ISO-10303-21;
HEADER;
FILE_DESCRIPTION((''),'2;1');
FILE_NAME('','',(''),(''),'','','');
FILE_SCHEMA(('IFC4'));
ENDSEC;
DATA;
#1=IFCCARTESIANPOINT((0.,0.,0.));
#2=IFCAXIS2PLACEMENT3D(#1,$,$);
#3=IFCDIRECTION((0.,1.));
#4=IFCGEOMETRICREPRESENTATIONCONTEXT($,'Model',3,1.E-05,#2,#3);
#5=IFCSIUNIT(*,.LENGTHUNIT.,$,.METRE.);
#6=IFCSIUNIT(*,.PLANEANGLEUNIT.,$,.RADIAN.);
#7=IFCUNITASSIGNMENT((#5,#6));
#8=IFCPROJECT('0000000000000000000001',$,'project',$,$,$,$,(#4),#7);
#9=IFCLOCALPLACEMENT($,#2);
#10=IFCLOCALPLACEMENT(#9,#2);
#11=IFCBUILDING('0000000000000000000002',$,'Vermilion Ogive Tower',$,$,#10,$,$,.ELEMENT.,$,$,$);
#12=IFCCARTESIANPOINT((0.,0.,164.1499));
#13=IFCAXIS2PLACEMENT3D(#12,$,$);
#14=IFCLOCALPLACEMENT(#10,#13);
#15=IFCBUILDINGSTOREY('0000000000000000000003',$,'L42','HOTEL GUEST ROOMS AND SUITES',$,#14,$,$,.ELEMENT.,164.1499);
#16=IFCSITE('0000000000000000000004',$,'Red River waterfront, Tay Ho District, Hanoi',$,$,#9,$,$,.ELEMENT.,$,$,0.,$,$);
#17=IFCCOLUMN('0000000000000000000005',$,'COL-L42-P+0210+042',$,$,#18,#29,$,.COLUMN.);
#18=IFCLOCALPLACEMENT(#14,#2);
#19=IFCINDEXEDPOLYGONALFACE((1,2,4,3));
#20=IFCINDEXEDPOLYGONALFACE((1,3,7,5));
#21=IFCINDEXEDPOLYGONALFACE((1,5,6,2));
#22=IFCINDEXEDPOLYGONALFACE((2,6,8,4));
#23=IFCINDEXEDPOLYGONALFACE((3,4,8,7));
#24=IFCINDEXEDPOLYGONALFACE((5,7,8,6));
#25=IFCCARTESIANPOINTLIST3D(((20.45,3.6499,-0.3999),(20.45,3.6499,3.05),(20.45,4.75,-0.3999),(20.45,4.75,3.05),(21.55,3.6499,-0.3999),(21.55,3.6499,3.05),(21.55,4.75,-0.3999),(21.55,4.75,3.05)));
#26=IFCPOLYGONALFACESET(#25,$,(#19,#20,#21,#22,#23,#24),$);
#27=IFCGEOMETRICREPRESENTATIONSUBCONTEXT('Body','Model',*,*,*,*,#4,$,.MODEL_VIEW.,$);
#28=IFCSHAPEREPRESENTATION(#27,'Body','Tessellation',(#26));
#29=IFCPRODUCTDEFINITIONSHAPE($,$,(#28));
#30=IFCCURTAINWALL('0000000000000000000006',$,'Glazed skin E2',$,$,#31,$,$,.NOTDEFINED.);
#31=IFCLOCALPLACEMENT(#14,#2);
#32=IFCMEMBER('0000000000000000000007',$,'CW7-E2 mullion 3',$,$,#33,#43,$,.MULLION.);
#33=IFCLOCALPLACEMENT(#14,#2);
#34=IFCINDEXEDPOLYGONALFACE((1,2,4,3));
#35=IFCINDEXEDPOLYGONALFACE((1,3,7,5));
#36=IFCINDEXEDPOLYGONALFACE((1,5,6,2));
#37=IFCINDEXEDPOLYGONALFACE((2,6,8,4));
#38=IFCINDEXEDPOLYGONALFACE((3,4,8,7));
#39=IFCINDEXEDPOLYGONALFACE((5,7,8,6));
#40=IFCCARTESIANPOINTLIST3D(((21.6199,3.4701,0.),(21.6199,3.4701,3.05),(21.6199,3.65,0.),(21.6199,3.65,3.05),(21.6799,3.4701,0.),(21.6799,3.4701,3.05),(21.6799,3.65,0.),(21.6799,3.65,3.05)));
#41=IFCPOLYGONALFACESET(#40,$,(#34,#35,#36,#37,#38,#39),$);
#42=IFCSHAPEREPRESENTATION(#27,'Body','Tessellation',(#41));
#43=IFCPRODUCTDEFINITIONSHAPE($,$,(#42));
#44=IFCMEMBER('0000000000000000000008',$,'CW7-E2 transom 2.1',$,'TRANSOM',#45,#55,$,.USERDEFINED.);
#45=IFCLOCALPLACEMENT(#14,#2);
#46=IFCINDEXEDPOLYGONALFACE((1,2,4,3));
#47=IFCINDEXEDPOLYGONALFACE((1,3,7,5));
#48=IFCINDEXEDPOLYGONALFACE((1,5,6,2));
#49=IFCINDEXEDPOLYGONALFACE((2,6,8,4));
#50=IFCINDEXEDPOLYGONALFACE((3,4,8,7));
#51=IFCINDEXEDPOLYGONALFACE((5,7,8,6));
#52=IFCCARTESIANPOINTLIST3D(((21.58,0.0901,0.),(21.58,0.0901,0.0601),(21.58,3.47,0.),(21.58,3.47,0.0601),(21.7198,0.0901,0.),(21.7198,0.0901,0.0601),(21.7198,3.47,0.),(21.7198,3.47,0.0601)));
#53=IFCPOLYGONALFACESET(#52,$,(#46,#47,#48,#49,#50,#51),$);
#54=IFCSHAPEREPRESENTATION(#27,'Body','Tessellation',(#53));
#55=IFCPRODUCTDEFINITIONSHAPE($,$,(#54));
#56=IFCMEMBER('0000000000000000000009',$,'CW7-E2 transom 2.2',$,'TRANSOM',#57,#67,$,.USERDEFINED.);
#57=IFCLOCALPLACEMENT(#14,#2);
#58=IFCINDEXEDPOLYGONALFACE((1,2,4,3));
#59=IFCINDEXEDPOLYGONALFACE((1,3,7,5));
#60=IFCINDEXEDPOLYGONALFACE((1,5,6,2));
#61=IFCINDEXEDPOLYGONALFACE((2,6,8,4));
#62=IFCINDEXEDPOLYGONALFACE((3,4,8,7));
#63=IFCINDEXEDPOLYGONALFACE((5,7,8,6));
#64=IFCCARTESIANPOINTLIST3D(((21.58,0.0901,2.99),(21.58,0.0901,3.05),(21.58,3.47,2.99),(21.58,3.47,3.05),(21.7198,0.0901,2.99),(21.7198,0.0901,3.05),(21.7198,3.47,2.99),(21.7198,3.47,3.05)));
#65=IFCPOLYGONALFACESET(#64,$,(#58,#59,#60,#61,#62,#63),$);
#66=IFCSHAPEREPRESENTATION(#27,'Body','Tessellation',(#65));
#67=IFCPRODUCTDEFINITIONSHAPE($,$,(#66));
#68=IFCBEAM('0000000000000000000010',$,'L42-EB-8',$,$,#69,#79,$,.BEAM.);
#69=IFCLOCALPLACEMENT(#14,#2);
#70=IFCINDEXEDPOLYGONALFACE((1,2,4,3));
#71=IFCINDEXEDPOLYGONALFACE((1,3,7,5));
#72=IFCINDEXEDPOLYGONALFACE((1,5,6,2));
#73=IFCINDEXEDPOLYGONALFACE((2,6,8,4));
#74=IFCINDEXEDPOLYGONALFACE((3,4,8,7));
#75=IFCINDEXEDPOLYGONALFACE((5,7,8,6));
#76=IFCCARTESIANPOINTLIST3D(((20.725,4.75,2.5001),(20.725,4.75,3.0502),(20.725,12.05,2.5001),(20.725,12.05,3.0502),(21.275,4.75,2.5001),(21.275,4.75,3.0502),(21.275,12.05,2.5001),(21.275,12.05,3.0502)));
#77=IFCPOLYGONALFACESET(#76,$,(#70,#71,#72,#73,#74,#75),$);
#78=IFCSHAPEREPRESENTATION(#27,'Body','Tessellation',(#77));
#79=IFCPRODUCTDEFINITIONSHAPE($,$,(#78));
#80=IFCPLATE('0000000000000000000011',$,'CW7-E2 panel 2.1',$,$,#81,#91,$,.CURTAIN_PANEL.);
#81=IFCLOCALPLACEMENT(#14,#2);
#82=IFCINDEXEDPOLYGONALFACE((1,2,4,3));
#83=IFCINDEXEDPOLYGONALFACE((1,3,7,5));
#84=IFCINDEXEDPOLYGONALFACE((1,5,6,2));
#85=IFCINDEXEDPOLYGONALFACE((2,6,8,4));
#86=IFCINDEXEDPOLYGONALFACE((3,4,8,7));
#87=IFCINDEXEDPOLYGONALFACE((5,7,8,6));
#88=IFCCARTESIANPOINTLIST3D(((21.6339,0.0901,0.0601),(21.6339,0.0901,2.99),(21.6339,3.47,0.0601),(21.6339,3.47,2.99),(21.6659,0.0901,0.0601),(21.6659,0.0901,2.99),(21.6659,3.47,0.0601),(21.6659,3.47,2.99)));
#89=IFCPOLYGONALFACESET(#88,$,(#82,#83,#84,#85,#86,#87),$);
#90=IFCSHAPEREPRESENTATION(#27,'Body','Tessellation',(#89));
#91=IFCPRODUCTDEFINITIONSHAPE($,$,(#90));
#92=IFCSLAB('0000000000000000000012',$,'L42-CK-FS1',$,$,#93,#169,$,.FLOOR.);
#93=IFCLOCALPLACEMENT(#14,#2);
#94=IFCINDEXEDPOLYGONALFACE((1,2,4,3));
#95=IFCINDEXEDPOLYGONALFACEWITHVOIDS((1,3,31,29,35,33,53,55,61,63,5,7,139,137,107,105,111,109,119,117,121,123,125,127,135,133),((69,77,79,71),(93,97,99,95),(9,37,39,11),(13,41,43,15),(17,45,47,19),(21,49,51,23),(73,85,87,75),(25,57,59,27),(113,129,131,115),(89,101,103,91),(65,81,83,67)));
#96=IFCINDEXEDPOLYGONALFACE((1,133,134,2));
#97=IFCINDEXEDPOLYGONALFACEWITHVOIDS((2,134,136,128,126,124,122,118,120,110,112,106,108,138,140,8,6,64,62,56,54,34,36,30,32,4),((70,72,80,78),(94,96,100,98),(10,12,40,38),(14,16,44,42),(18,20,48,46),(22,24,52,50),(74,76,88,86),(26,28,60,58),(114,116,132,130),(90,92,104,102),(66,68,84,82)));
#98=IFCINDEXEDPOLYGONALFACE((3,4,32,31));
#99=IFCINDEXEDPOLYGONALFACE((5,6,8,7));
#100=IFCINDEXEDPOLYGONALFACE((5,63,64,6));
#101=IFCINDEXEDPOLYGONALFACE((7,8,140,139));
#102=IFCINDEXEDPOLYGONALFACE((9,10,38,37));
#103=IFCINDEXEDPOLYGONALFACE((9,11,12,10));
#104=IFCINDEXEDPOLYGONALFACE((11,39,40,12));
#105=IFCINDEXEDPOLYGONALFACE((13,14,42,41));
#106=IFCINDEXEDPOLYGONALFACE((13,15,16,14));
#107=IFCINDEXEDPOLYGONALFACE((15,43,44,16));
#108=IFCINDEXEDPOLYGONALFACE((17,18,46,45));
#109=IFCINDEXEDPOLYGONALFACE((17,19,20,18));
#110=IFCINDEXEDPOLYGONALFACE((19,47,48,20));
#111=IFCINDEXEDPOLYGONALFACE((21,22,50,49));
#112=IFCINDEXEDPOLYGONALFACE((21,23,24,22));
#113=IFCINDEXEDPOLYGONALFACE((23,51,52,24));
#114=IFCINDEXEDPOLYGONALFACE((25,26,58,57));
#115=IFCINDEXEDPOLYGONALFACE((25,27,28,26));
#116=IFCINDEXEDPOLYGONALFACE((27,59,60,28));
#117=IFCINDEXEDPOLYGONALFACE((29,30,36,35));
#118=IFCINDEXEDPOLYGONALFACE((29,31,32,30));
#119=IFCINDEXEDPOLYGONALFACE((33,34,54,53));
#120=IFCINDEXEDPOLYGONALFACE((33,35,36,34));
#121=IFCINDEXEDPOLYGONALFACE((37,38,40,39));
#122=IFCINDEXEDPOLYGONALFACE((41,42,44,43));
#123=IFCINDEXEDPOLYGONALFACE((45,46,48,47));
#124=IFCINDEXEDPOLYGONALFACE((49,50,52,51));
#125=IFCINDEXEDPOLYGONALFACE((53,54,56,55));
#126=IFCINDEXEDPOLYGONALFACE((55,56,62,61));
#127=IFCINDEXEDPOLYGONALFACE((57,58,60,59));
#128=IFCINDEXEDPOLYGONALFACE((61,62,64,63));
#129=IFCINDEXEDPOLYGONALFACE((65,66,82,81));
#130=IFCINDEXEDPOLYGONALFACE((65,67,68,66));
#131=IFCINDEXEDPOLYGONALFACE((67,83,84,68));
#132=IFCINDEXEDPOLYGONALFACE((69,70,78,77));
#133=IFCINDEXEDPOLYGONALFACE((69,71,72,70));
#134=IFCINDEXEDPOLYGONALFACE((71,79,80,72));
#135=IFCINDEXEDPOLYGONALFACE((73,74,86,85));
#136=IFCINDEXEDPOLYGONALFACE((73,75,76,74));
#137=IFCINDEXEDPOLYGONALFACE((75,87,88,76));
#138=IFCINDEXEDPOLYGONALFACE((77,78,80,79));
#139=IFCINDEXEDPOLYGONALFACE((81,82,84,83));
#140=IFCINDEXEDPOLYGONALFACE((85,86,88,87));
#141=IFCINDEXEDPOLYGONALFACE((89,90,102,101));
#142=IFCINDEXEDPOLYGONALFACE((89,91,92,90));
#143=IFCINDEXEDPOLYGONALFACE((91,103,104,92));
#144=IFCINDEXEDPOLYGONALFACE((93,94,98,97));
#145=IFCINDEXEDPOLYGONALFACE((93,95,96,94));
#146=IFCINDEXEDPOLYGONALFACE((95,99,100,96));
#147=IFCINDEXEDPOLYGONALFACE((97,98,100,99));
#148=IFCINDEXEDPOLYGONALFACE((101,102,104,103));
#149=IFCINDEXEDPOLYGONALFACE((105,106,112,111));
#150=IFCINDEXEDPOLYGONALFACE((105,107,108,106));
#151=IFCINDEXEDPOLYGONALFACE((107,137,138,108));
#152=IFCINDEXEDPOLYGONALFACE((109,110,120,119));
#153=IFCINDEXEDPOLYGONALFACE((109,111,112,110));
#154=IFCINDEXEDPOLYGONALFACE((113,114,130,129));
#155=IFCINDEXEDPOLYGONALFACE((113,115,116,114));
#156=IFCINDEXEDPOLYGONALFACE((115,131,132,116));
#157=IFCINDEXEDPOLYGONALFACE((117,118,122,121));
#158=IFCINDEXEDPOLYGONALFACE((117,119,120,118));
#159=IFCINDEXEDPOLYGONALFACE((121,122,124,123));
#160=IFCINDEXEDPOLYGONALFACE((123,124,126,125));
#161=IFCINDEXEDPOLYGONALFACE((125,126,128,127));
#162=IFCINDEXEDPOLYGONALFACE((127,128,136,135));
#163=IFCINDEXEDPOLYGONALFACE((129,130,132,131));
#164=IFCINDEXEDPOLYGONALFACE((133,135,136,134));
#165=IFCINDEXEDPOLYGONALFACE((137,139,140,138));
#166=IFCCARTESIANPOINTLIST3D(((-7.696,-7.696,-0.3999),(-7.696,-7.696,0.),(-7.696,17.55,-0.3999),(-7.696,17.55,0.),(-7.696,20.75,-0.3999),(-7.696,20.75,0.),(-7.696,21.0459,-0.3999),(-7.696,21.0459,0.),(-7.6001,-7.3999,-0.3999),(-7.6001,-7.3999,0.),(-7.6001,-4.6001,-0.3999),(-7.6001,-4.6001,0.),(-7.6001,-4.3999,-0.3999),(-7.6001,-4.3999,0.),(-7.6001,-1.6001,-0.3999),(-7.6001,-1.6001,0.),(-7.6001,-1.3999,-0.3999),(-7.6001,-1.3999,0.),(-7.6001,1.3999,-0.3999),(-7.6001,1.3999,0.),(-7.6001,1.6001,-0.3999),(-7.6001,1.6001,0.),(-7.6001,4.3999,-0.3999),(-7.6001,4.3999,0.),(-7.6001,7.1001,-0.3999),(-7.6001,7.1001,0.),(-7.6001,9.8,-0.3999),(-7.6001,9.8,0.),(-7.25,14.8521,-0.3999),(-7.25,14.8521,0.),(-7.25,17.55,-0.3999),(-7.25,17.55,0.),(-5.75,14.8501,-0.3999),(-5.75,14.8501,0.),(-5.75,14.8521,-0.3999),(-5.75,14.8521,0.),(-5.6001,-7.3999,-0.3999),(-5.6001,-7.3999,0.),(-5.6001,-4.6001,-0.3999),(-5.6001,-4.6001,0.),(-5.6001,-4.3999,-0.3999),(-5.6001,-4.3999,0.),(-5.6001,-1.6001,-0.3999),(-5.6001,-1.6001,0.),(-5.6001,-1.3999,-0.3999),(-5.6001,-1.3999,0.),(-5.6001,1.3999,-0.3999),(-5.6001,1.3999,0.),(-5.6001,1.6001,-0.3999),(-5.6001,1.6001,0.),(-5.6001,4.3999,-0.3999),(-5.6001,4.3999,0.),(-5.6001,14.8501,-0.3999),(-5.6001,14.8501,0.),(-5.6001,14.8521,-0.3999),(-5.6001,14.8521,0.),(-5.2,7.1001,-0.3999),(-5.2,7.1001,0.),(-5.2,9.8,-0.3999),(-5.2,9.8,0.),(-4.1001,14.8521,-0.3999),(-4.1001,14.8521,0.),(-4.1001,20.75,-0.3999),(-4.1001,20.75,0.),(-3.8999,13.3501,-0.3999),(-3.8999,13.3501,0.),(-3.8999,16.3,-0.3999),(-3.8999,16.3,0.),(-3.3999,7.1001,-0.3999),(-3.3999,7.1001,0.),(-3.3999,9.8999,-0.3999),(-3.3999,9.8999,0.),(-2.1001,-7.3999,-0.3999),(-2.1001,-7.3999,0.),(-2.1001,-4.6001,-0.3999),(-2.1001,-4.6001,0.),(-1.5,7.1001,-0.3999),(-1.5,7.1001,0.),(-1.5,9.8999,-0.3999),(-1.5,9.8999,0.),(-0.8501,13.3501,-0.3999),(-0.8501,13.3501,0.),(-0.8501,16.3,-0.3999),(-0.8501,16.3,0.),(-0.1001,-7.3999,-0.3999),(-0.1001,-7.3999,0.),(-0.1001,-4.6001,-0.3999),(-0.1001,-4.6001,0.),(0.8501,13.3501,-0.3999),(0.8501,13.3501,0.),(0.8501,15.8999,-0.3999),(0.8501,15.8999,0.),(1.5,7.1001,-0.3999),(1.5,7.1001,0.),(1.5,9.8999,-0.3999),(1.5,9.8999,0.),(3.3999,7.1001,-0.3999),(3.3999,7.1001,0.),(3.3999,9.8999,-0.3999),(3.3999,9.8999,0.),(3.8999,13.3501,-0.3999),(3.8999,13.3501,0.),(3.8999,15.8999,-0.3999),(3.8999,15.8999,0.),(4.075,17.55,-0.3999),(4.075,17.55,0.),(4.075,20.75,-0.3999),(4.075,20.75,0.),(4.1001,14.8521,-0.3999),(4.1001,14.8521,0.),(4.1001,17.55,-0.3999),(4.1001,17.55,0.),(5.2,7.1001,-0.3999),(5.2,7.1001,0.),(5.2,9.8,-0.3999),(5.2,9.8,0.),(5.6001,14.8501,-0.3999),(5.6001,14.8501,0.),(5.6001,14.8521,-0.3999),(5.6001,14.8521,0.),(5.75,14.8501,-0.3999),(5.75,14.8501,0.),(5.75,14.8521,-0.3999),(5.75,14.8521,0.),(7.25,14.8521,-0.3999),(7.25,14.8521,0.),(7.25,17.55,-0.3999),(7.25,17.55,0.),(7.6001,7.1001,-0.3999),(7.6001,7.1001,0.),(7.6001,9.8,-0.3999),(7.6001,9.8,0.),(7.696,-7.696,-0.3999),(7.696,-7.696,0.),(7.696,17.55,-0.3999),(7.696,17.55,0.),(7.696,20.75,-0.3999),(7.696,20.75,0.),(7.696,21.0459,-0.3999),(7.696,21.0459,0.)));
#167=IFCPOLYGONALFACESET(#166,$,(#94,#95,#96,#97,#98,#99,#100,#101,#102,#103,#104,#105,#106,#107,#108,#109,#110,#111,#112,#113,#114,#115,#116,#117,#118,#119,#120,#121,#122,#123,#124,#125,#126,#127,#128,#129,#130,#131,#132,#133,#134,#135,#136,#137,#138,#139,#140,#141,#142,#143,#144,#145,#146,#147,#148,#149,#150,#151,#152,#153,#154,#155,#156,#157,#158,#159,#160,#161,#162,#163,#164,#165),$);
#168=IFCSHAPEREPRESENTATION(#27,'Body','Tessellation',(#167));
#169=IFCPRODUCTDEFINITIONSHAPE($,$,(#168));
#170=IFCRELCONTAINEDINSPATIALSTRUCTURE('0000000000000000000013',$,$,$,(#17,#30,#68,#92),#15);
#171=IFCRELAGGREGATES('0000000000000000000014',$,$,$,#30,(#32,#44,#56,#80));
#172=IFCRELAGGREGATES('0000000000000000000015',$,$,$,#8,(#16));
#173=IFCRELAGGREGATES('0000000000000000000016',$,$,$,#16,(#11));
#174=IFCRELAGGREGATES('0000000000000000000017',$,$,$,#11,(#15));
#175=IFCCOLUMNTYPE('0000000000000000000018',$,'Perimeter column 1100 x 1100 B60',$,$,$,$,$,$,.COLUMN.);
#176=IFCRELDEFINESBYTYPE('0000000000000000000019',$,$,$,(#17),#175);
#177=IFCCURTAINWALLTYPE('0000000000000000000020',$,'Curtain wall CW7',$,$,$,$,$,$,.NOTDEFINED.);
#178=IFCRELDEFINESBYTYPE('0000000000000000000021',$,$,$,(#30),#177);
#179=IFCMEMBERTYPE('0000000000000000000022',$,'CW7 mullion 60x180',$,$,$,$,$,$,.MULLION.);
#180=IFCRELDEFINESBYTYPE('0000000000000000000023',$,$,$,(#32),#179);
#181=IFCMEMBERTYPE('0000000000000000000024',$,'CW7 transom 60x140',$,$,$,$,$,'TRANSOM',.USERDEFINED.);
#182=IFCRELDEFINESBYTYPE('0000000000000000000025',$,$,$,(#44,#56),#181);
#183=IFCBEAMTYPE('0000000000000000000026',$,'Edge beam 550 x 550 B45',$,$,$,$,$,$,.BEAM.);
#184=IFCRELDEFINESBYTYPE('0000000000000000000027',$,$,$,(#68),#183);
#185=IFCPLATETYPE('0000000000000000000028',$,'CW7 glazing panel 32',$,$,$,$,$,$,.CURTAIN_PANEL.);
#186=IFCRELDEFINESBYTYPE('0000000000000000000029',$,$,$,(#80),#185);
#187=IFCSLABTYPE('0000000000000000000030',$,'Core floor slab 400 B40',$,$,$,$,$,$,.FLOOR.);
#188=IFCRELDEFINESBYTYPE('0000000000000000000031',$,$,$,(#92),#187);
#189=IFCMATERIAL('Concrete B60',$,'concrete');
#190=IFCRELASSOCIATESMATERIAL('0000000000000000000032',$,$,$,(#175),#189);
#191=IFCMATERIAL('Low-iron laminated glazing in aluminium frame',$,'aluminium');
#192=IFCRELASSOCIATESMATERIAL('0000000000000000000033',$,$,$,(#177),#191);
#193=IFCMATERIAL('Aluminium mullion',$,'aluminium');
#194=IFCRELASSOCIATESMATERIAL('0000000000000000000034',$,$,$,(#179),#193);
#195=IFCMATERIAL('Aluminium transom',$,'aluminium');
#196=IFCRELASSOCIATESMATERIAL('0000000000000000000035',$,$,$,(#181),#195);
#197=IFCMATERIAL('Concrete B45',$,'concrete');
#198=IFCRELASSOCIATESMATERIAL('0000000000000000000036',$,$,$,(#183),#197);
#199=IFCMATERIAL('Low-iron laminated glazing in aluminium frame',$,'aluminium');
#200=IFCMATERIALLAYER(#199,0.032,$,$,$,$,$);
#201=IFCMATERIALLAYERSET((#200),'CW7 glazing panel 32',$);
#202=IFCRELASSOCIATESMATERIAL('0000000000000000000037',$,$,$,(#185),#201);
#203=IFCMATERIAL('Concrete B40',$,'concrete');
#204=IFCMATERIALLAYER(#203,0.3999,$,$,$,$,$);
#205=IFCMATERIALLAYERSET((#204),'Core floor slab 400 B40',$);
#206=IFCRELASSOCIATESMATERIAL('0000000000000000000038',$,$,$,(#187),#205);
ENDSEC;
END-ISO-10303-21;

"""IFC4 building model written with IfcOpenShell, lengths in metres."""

from ifc_helpers import new_model, si_unit, direction, frame, origin, origin_2d, place, context, subcontext, project, spatial, polyline, rectangle, outline, extrude, material, layer, layer_set, material_profile, profile_set, type_object, element, aggregate, save


model = new_model("IFC4")

# Units and contexts
model_context = context("Model", 3, precision=1e-05, world=origin(), true_north=direction((0.0, 1.0)))
body_context = subcontext(model_context, "Body", "Model", "MODEL_VIEW")
ifc_project = project(units=[si_unit("LENGTHUNIT", "METRE"), si_unit("PLANEANGLEUNIT", "RADIAN")], contexts=[model_context])

# Site, building, storey
site_placement = place(None, origin())
site = spatial("IfcSite", under=ifc_project, at=site_placement, Name="Red River waterfront, Tay Ho District, Hanoi", CompositionType="ELEMENT", RefElevation=0.0)
building_placement = place(site_placement, origin())
building = spatial("IfcBuilding", under=site, at=building_placement, Name="Vermilion Ogive Tower", CompositionType="ELEMENT")
storey_placement = place(building_placement, frame((0.0, 0.0, 164.1499)))
storey = spatial("IfcBuildingStorey", under=building, at=storey_placement, Name="L42", Description="HOTEL GUEST ROOMS AND SUITES", CompositionType="ELEMENT", Elevation=164.1499)

# Column
ifc_material_1 = material(Name="Concrete B60", Category="concrete")
ifc_material_profile_1 = material_profile(ifc_material_1, rectangle(XDim=1.1001, YDim=1.1001, at=origin_2d()), Name="1100 x 1100")
ifc_profile_set_1 = profile_set([ifc_material_profile_1], Name="Concrete B60")
column_type = type_object("IfcColumnType", Name="Perimeter column 1100 x 1100 B60", PredefinedType="COLUMN", material=ifc_profile_set_1)
column_placement = place(storey_placement, frame((21.0, 4.2, -0.3999), z_axis=(0.0, 0.0, 1.0), x_axis=(1.0, 0.0, 0.0)))
element("IfcColumn", 1, at=column_placement, inside=storey, type_object=column_type, Name="COL-L42-P+0210+042", PredefinedType="COLUMN", context=body_context, shape_type="SweptSolid", body=[
    extrude(rectangle(XDim=1.1001, YDim=1.1001, at=origin_2d()), origin(), (0.0, 0.0, 1.0), 3.45),
])

# Curtain wall, members
ifc_material_2 = material(Name="Low-iron laminated glazing in aluminium frame", Category="aluminium")
curtain_wall_type = type_object("IfcCurtainWallType", Name="Curtain wall CW7", PredefinedType="NOTDEFINED", material=ifc_material_2)
curtain_wall_placement = place(storey_placement, origin())
curtain_wall = element("IfcCurtainWall", 2, at=curtain_wall_placement, inside=storey, type_object=curtain_wall_type, Name="Glazed skin E2", PredefinedType="NOTDEFINED")
ifc_material_3 = material(Name="Aluminium mullion", Category="aluminium")
ifc_material_profile_2 = material_profile(ifc_material_3, rectangle(XDim=0.0601, YDim=0.1799, at=origin_2d()), Name="AL 60x180")
ifc_profile_set_2 = profile_set([ifc_material_profile_2], Name="Aluminium mullion")
member_type_1 = type_object("IfcMemberType", Name="CW7 mullion 60x180", PredefinedType="MULLION", material=ifc_profile_set_2)
member_1_placement = place(storey_placement, frame((21.6499, 3.5601, 0.0), z_axis=(0.0, 0.0, 1.0), x_axis=(-1.0, 0.0, 0.0)))
member_1 = element("IfcMember", 3, at=member_1_placement, type_object=member_type_1, Name="CW7-E2 mullion 3", PredefinedType="MULLION", context=body_context, shape_type="SweptSolid", body=[
    extrude(rectangle(XDim=0.0601, YDim=0.1799, at=origin_2d()), origin(), (0.0, 0.0, 1.0), 3.05),
])
ifc_material_4 = material(Name="Aluminium transom", Category="aluminium")
ifc_material_profile_3 = material_profile(ifc_material_4, rectangle(XDim=0.1399, YDim=0.0601, at=origin_2d()), Name="AL 60x140")
ifc_profile_set_3 = profile_set([ifc_material_profile_3], Name="Aluminium transom")
member_type_2 = type_object("IfcMemberType", Name="CW7 transom 60x140", ElementType="TRANSOM", PredefinedType="USERDEFINED", material=ifc_profile_set_3)
member_2_placement = place(storey_placement, frame((21.6499, 0.0901, 0.03), z_axis=(0.0, 1.0, 0.0), x_axis=(-1.0, 0.0, 0.0)))
member_2 = element("IfcMember", 4, at=member_2_placement, type_object=member_type_2, Name="CW7-E2 transom 2.1", ObjectType="TRANSOM", PredefinedType="USERDEFINED", context=body_context, shape_type="SweptSolid", body=[
    extrude(rectangle(XDim=0.1399, YDim=0.0601, at=origin_2d()), origin(), (0.0, 0.0, 1.0), 3.3799),
])
member_3_placement = place(storey_placement, frame((21.6499, 0.0901, 3.02), z_axis=(0.0, 1.0, 0.0), x_axis=(-1.0, 0.0, 0.0)))
member_3 = element("IfcMember", 5, at=member_3_placement, type_object=member_type_2, Name="CW7-E2 transom 2.2", ObjectType="TRANSOM", PredefinedType="USERDEFINED", context=body_context, shape_type="SweptSolid", body=[
    extrude(rectangle(XDim=0.1399, YDim=0.0601, at=origin_2d()), origin(), (0.0, 0.0, 1.0), 3.3799),
])

# Beam
ifc_material_5 = material(Name="Concrete B45", Category="concrete")
ifc_material_profile_4 = material_profile(ifc_material_5, rectangle(XDim=0.55, YDim=0.55, at=origin_2d()), Name="550 x 550")
ifc_profile_set_4 = profile_set([ifc_material_profile_4], Name="Concrete B45")
beam_type = type_object("IfcBeamType", Name="Edge beam 550 x 550 B45", PredefinedType="BEAM", material=ifc_profile_set_4)
beam_placement = place(storey_placement, frame((21.0, 4.75, 2.7751), z_axis=(0.0, 1.0, 0.0), x_axis=(-1.0, 0.0, 0.0)))
element("IfcBeam", 6, at=beam_placement, inside=storey, type_object=beam_type, Name="L42-EB-8", PredefinedType="BEAM", context=body_context, shape_type="SweptSolid", body=[
    extrude(rectangle(XDim=0.55, YDim=0.55, at=origin_2d()), origin(), (0.0, 0.0, 1.0), 7.3),
])

# Plate
ifc_material_6 = material(Name="Low-iron laminated glazing in aluminium frame", Category="aluminium")
ifc_layer_1 = layer(ifc_material_6, 0.032)
ifc_layer_set_1 = layer_set([ifc_layer_1], Name="CW7 glazing panel 32")
plate_type = type_object("IfcPlateType", Name="CW7 glazing panel 32", PredefinedType="CURTAIN_PANEL", material=ifc_layer_set_1)
plate_placement = place(storey_placement, frame((21.6499, 1.78, 0.0601), z_axis=(0.0, 0.0, 1.0), x_axis=(0.0, 1.0, 0.0)))
plate = element("IfcPlate", 7, at=plate_placement, type_object=plate_type, Name="CW7-E2 panel 2.1", PredefinedType="CURTAIN_PANEL", context=body_context, shape_type="SweptSolid", body=[
    extrude(rectangle(XDim=3.3799, YDim=0.032, at=origin_2d()), origin(), (0.0, 0.0, 1.0), 2.9299),
])
aggregate(curtain_wall, [member_1, member_2, member_3, plate])

# Slab
ifc_material_7 = material(Name="Concrete B40", Category="concrete")
ifc_layer_2 = layer(ifc_material_7, 0.3999)
ifc_layer_set_2 = layer_set([ifc_layer_2], Name="Core floor slab 400 B40")
slab_type_1 = type_object("IfcSlabType", Name="Core floor slab 400 B40", PredefinedType="FLOOR", material=ifc_layer_set_2)
slab_1_placement = place(storey_placement, frame((0.0, 0.0, -0.3999)))
element("IfcSlab", 8, at=slab_1_placement, inside=storey, type_object=slab_type_1, Name="L42-CK-FS1", PredefinedType="FLOOR", context=body_context, shape_type="SweptSolid", body=[
    extrude(outline(polyline([(5.75, 14.8501), (5.6001, 14.8501), (5.6001, 14.8521), (4.1001, 14.8521), (4.1001, 17.55), (4.075, 17.55), (4.075, 20.75), (7.696, 20.75), (7.696, 21.0459), (-7.696, 21.0459), (-7.696, 20.75), (-4.1001, 20.75), (-4.1001, 14.8521), (-5.6001, 14.8521), (-5.6001, 14.8501), (-5.75, 14.8501), (-5.75, 14.8521), (-7.25, 14.8521), (-7.25, 17.55), (-7.696, 17.55), (-7.696, -7.696), (7.696, -7.696), (7.696, 17.55), (7.25, 17.55), (7.25, 14.8521), (5.75, 14.8521), (5.75, 14.8501)]), holes=[polyline([(-7.6001, -7.3999), (-7.6001, -4.6001), (-5.6001, -4.6001), (-5.6001, -7.3999), (-7.6001, -7.3999)]), polyline([(-7.6001, -4.3999), (-7.6001, -1.6001), (-5.6001, -1.6001), (-5.6001, -4.3999), (-7.6001, -4.3999)]), polyline([(-7.6001, -1.3999), (-7.6001, 1.3999), (-5.6001, 1.3999), (-5.6001, -1.3999), (-7.6001, -1.3999)]), polyline([(-7.6001, 1.6001), (-7.6001, 4.3999), (-5.6001, 4.3999), (-5.6001, 1.6001), (-7.6001, 1.6001)]), polyline([(-7.6001, 7.1001), (-7.6001, 9.8), (-5.2, 9.8), (-5.2, 7.1001), (-7.6001, 7.1001)]), polyline([(-3.3999, 9.8999), (-1.5, 9.8999), (-1.5, 7.1001), (-3.3999, 7.1001), (-3.3999, 9.8999)]), polyline([(-2.1001, -7.3999), (-2.1001, -4.6001), (-0.1001, -4.6001), (-0.1001, -7.3999), (-2.1001, -7.3999)]), polyline([(5.2, 7.1001), (5.2, 9.8), (7.6001, 9.8), (7.6001, 7.1001), (5.2, 7.1001)]), polyline([(1.5, 7.1001), (1.5, 9.8999), (3.3999, 9.8999), (3.3999, 7.1001), (1.5, 7.1001)]), polyline([(0.8501, 13.3501), (0.8501, 15.8999), (3.8999, 15.8999), (3.8999, 13.3501), (0.8501, 13.3501)]), polyline([(-3.8999, 16.3), (-0.8501, 16.3), (-0.8501, 13.3501), (-3.8999, 13.3501), (-3.8999, 16.3)])]), origin(), (0.0, 0.0, 1.0), 0.3999),
])

save(model, "model.ifc")
